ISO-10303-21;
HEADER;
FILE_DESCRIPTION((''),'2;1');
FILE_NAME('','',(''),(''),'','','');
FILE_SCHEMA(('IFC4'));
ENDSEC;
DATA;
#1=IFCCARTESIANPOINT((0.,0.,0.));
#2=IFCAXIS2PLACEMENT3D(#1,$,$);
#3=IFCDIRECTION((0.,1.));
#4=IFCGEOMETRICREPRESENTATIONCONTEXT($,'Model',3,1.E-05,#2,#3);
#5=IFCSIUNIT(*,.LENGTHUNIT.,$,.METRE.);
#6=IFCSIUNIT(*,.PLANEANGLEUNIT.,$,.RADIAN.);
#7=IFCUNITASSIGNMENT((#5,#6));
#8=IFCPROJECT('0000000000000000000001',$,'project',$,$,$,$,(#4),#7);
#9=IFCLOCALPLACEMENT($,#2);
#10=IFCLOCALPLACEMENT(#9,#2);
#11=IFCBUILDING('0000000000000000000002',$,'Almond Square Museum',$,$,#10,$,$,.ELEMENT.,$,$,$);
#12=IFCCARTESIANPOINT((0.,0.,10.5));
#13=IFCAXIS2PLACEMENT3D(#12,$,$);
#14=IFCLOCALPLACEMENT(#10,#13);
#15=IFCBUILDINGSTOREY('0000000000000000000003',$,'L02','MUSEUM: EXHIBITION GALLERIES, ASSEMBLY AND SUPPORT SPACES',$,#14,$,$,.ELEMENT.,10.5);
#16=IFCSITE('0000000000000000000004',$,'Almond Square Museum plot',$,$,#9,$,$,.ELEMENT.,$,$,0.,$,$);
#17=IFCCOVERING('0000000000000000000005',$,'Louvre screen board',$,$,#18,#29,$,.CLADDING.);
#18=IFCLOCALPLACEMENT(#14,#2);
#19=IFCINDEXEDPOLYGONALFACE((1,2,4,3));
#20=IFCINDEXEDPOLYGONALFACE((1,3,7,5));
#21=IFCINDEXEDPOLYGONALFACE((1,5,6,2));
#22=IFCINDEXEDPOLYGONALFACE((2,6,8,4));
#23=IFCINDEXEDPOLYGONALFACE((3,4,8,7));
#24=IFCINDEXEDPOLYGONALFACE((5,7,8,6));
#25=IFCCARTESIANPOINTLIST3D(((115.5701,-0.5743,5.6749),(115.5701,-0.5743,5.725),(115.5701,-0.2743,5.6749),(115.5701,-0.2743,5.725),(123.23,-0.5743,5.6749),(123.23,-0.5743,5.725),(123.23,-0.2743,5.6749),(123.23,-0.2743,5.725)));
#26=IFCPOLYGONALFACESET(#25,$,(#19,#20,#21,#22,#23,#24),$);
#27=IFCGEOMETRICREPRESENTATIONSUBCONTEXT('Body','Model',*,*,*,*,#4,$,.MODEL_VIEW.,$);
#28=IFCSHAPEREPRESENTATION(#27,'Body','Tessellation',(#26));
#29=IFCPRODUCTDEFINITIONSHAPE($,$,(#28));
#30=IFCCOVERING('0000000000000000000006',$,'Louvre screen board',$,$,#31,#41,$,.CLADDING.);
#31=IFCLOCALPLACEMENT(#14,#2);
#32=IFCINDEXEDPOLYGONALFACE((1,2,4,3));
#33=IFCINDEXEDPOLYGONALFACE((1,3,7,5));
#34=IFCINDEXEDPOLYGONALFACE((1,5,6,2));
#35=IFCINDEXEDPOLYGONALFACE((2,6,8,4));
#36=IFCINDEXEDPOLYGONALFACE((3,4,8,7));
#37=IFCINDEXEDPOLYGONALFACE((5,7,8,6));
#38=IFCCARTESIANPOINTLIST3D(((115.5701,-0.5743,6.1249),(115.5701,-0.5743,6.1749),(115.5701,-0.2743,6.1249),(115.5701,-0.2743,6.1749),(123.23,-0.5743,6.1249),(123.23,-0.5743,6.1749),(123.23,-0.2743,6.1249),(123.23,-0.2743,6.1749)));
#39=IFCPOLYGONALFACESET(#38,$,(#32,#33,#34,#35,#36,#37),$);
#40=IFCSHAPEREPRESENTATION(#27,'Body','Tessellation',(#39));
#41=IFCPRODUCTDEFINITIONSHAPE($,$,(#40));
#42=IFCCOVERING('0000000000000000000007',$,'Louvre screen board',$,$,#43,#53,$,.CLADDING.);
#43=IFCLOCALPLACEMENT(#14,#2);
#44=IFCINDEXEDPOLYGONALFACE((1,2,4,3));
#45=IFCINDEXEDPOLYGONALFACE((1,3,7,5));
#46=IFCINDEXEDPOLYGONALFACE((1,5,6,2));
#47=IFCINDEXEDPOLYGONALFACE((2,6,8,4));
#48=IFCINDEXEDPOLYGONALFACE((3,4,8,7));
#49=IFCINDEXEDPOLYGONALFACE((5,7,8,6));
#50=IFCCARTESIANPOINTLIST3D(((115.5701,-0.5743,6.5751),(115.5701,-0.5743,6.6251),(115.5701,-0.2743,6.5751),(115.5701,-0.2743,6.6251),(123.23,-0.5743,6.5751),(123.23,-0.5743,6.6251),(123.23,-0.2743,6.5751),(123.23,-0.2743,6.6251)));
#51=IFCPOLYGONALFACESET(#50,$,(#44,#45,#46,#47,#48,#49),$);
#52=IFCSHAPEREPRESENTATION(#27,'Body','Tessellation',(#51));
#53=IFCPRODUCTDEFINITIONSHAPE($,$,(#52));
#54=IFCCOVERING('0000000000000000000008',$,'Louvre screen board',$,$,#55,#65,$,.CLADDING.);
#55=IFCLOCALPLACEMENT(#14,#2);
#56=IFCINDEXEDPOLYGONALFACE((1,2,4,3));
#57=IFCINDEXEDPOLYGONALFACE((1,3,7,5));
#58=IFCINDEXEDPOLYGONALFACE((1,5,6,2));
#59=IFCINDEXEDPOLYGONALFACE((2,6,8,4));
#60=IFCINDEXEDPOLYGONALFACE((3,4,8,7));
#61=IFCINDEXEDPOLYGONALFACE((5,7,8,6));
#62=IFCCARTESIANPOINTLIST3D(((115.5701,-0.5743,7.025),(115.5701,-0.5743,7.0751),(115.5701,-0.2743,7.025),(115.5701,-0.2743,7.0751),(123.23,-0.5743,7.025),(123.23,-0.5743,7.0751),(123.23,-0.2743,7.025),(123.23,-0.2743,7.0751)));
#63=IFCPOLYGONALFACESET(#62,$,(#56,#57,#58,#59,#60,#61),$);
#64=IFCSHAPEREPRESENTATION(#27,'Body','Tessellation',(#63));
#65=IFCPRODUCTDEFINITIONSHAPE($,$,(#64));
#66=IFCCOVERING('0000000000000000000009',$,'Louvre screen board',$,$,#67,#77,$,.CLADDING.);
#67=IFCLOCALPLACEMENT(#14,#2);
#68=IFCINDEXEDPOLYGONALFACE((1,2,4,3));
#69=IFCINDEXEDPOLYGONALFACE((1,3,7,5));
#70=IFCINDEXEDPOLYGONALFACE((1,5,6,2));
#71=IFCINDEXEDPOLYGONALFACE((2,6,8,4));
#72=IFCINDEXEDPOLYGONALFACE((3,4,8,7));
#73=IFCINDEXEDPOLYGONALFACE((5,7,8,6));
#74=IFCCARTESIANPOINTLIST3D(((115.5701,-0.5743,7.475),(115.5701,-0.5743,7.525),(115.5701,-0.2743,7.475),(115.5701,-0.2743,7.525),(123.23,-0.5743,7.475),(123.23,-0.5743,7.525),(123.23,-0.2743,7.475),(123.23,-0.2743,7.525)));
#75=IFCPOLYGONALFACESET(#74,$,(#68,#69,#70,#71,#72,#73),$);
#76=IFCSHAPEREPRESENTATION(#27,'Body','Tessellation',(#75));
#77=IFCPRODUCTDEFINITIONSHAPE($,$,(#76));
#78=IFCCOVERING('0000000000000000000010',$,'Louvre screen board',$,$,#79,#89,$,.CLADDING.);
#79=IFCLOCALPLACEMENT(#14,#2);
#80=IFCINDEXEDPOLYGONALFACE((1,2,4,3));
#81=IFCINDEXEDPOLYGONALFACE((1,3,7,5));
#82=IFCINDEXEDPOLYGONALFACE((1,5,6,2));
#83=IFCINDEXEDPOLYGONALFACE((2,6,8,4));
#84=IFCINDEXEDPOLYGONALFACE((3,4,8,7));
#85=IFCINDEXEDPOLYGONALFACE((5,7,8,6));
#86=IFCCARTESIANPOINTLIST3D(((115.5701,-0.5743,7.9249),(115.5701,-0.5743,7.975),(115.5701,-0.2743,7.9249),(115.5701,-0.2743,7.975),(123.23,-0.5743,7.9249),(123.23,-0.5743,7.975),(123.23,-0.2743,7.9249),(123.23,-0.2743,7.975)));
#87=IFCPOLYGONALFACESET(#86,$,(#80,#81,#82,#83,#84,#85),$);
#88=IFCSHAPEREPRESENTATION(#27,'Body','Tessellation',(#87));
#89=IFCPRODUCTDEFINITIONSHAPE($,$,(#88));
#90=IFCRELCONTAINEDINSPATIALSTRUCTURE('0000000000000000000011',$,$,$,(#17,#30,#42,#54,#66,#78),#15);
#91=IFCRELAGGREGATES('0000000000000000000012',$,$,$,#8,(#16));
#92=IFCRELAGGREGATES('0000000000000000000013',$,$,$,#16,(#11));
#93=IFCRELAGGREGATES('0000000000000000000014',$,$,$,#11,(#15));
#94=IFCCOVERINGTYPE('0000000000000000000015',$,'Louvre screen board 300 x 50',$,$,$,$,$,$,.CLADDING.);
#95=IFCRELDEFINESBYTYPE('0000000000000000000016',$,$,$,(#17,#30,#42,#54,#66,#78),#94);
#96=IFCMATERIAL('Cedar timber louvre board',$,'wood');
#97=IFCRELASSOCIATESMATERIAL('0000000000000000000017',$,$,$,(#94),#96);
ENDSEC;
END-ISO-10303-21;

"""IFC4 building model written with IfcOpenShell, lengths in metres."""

from ifc_helpers import new_model, si_unit, direction, frame, origin, origin_2d, place, context, subcontext, project, spatial, rectangle, extrude, material, material_profile, profile_set, type_object, element, save


model = new_model("IFC4")

# Units and contexts
model_context = context("Model", 3, precision=1e-05, world=origin(), true_north=direction((0.0, 1.0)))
body_context = subcontext(model_context, "Body", "Model", "MODEL_VIEW")
ifc_project = project(units=[si_unit("LENGTHUNIT", "METRE"), si_unit("PLANEANGLEUNIT", "RADIAN")], contexts=[model_context])

# Site, building, storey
site_placement = place(None, origin())
site = spatial("IfcSite", under=ifc_project, at=site_placement, Name="Almond Square Museum plot", CompositionType="ELEMENT", RefElevation=0.0)
building_placement = place(site_placement, origin())
building = spatial("IfcBuilding", under=site, at=building_placement, Name="Almond Square Museum", CompositionType="ELEMENT")
storey_placement = place(building_placement, frame((0.0, 0.0, 10.5)))
storey = spatial("IfcBuildingStorey", under=building, at=storey_placement, Name="L02", Description="MUSEUM: EXHIBITION GALLERIES, ASSEMBLY AND SUPPORT SPACES", CompositionType="ELEMENT", Elevation=10.5)

# Coverings
ifc_material_1 = material(Name="Cedar timber louvre board", Category="wood")
ifc_material_profile_1 = material_profile(ifc_material_1, rectangle(XDim=0.3, YDim=0.05, at=origin_2d()))
ifc_profile_set_1 = profile_set([ifc_material_profile_1], Name="Cedar timber louvre board")
covering_type = type_object("IfcCoveringType", Name="Louvre screen board 300 x 50", PredefinedType="CLADDING", material=ifc_profile_set_1)
for number, where, z_axis, x_axis, name in (
    (1, (115.5701, -0.4243, 5.7), (1.0, 0.0, 0.0), (0.0, 1.0, 0.0), "Louvre screen board"),
    (2, (115.5701, -0.4243, 6.1499), (1.0, 0.0, 0.0), (0.0, 1.0, 0.0), "Louvre screen board"),
    (3, (115.5701, -0.4243, 6.6001), (1.0, 0.0, 0.0), (0.0, 1.0, 0.0), "Louvre screen board"),
    (4, (115.5701, -0.4243, 7.05), (1.0, 0.0, 0.0), (0.0, 1.0, 0.0), "Louvre screen board"),
    (5, (115.5701, -0.4243, 7.5), (1.0, 0.0, 0.0), (0.0, 1.0, 0.0), "Louvre screen board"),
    (6, (115.5701, -0.4243, 7.95), (1.0, 0.0, 0.0), (0.0, 1.0, 0.0), "Louvre screen board"),
):
    element("IfcCovering", number, at=place(storey_placement, frame(where, z_axis=z_axis, x_axis=x_axis)), inside=storey, type_object=covering_type, Name=name, PredefinedType="CLADDING", context=body_context, shape_type="SweptSolid", body=[
        extrude(rectangle(XDim=0.3, YDim=0.05, at=origin_2d()), origin(), (0.0, 0.0, 1.0), 7.6599),
    ])

save(model, "model.ifc")
